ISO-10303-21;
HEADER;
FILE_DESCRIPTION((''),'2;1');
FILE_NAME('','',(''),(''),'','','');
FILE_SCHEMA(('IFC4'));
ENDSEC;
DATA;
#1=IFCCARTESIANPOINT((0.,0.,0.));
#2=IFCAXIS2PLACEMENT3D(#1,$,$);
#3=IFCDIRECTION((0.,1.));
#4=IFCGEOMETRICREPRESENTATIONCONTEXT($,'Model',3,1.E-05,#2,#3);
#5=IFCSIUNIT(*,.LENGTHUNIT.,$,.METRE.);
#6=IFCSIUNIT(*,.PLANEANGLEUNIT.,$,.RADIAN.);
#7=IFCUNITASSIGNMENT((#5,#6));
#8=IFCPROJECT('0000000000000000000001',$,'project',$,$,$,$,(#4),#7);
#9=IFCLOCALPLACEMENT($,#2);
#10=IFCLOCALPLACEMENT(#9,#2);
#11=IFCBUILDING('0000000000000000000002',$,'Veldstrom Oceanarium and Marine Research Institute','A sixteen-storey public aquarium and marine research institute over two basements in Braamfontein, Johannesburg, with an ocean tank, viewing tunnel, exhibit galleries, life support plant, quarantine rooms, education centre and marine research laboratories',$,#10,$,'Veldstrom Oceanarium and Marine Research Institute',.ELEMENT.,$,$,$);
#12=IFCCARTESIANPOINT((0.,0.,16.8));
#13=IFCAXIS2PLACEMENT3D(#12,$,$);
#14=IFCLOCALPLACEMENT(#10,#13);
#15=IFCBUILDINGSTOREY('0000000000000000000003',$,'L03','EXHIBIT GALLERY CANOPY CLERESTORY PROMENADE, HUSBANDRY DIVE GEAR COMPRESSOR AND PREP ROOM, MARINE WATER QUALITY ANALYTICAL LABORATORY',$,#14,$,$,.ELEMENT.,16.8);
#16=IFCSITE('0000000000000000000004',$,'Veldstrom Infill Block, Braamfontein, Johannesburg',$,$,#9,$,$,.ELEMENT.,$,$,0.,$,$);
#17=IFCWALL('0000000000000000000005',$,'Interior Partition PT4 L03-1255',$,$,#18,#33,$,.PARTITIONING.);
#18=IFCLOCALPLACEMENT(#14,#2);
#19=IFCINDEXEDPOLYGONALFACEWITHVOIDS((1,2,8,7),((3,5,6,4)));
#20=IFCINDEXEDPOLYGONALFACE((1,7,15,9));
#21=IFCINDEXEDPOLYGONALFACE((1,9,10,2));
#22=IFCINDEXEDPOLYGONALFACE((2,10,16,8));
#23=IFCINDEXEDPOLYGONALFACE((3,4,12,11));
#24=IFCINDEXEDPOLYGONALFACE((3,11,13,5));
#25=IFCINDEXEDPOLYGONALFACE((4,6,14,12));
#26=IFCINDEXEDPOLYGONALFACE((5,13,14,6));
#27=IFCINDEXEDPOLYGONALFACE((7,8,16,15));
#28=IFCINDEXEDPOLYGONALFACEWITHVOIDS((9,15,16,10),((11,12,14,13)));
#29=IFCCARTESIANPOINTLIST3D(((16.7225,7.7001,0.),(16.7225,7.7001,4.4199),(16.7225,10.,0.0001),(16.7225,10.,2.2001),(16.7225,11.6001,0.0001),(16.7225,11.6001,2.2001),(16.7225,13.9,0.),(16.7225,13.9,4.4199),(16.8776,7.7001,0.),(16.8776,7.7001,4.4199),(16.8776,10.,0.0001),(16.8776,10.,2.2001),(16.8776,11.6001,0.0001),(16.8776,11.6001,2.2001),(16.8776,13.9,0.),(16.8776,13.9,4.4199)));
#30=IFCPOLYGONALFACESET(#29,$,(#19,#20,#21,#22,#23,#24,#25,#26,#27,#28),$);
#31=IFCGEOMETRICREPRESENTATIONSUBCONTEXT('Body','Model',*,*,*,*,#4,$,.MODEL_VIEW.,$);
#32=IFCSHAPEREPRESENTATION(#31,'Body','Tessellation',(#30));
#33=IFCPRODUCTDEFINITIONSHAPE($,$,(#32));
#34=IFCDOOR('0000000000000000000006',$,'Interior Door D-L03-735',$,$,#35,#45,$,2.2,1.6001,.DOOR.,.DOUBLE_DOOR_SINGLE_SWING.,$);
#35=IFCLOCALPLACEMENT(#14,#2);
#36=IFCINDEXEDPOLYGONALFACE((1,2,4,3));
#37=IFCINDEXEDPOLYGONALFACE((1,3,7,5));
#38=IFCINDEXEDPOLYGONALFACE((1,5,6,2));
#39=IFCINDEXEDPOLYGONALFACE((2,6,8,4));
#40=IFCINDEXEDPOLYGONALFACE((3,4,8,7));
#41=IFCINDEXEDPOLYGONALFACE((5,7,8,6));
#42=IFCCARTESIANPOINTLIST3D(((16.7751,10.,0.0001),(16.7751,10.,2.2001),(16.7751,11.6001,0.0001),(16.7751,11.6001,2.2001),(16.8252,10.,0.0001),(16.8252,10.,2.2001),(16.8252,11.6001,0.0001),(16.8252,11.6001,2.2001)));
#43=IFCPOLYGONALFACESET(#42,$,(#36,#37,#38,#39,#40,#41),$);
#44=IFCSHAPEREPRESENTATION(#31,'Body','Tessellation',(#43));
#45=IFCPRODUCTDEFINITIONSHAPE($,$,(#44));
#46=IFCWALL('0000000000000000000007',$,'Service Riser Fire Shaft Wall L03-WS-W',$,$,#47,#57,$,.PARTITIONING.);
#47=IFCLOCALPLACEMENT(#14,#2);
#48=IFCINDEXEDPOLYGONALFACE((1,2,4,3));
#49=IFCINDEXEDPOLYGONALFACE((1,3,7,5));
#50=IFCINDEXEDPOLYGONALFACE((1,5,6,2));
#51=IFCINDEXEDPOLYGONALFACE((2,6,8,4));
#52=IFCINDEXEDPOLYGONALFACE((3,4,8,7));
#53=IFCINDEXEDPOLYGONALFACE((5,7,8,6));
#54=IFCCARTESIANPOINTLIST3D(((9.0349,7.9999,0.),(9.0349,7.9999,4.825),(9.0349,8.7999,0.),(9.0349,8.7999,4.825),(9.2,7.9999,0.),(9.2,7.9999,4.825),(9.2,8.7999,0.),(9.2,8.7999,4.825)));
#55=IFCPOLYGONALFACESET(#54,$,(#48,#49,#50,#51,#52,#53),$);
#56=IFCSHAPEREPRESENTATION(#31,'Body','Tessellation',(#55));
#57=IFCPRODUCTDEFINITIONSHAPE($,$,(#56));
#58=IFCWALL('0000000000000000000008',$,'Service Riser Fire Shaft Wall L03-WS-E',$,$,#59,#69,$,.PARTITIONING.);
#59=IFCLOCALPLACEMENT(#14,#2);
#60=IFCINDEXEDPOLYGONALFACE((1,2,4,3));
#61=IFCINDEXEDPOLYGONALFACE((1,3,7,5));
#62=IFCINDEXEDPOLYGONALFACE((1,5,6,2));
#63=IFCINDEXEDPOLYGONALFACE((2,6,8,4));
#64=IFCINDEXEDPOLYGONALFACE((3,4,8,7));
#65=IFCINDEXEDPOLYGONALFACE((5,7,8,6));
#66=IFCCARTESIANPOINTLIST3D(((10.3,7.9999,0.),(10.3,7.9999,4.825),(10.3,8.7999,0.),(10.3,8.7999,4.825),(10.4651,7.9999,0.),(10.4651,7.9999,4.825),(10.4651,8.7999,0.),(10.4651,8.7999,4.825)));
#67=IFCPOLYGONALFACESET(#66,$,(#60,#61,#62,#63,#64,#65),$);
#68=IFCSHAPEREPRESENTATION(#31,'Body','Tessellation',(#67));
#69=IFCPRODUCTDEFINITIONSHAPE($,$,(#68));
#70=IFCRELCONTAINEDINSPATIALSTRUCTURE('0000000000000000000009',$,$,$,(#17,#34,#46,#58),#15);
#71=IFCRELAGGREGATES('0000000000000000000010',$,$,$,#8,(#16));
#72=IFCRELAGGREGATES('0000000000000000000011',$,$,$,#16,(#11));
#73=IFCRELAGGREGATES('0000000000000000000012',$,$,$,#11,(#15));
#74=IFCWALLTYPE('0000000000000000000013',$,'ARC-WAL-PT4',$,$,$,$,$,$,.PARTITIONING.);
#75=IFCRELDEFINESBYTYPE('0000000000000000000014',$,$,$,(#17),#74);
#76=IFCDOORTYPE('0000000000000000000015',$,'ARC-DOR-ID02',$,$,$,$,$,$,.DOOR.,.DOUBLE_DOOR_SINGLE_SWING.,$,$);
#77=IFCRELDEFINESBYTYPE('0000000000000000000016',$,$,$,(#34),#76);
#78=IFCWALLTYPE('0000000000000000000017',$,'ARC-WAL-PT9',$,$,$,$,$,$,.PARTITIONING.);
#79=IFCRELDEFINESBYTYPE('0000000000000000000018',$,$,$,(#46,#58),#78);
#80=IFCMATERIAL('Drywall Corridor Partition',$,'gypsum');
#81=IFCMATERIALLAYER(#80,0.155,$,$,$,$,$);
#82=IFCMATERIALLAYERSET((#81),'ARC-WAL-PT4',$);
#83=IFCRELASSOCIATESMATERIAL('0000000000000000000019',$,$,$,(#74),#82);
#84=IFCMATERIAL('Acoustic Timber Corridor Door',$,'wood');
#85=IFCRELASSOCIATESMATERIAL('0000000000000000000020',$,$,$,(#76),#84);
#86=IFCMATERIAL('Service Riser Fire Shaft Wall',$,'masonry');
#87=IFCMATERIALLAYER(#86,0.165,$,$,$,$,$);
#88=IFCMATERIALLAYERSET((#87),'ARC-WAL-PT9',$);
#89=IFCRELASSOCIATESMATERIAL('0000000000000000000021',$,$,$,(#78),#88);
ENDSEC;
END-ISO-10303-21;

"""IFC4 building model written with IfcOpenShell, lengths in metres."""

from ifc_helpers import new_model, si_unit, direction, frame, frame_2d, origin, place, context, subcontext, project, spatial, rectangle, extrude, material, layer, layer_set, type_object, element, fill, save


model = new_model("IFC4")

# Units and contexts
model_context = context("Model", 3, precision=1e-05, world=origin(), true_north=direction((0.0, 1.0)))
body_context = subcontext(model_context, "Body", "Model", "MODEL_VIEW")
ifc_project = project(units=[si_unit("LENGTHUNIT", "METRE"), si_unit("PLANEANGLEUNIT", "RADIAN")], contexts=[model_context])

# Site, building, storey
site_placement = place(None, origin())
site = spatial("IfcSite", under=ifc_project, at=site_placement, Name="Veldstrom Infill Block, Braamfontein, Johannesburg", CompositionType="ELEMENT", RefElevation=0.0)
building_placement = place(site_placement, origin())
building = spatial("IfcBuilding", under=site, at=building_placement, Name="Veldstrom Oceanarium and Marine Research Institute", Description="A sixteen-storey public aquarium and marine research institute over two basements in Braamfontein, Johannesburg, with an ocean tank, viewing tunnel, exhibit galleries, life support plant, quarantine rooms, education centre and marine research laboratories", LongName="Veldstrom Oceanarium and Marine Research Institute", CompositionType="ELEMENT")
storey_placement = place(building_placement, frame((0.0, 0.0, 16.8)))
storey = spatial("IfcBuildingStorey", under=building, at=storey_placement, Name="L03", Description="EXHIBIT GALLERY CANOPY CLERESTORY PROMENADE, HUSBANDRY DIVE GEAR COMPRESSOR AND PREP ROOM, MARINE WATER QUALITY ANALYTICAL LABORATORY", CompositionType="ELEMENT", Elevation=16.8)

# Wall, opening, door
ifc_material_1 = material(Name="Drywall Corridor Partition", Category="gypsum")
ifc_layer_1 = layer(ifc_material_1, 0.155)
ifc_layer_set_1 = layer_set([ifc_layer_1], Name="ARC-WAL-PT4")
wall_type_1 = type_object("IfcWallType", Name="ARC-WAL-PT4", PredefinedType="PARTITIONING", material=ifc_layer_set_1)
wall_placement = place(storey_placement, frame((16.8, 7.7, 0.0), z_axis=(0.0, 0.0, 1.0), x_axis=(0.0, 1.0, 0.0)))
wall = element("IfcWall", 1, at=wall_placement, inside=storey, type_object=wall_type_1, Name="Interior Partition PT4 L03-1255", PredefinedType="PARTITIONING", context=body_context, shape_type="SweptSolid", body=[
    extrude(rectangle(XDim=6.2, YDim=0.155, at=frame_2d((3.1001, 0.0))), origin(), (0.0, 0.0, 1.0), 4.4199),
])
opening_placement = place(wall_placement, frame((2.3, 0.0, 0.0)))
opening = element("IfcOpeningElement", 2, at=opening_placement, cuts=wall, PredefinedType="OPENING", context=body_context, shape_type="SweptSolid", body=[
    extrude(rectangle(XDim=1.6001, YDim=2.2, at=frame_2d((0.8, 1.1001))), frame((0.0, 0.0874, 0.0), z_axis=(0.0, -1.0, 0.0), x_axis=(1.0, 0.0, 0.0)), (0.0, 0.0, 1.0), 0.175),
])
ifc_material_2 = material(Name="Acoustic Timber Corridor Door", Category="wood")
door_type = type_object("IfcDoorType", Name="ARC-DOR-ID02", OperationType="DOUBLE_DOOR_SINGLE_SWING", PredefinedType="DOOR", material=ifc_material_2)
door_placement = place(opening_placement, origin())
door = element("IfcDoor", 3, at=door_placement, inside=storey, type_object=door_type, Name="Interior Door D-L03-735", OperationType="DOUBLE_DOOR_SINGLE_SWING", OverallHeight=2.2, OverallWidth=1.6001, PredefinedType="DOOR", context=body_context, shape_type="SweptSolid", body=[
    extrude(rectangle(XDim=1.6001, YDim=2.2, at=frame_2d((0.8, 1.1001))), frame((0.0, 0.0249, 0.0), z_axis=(0.0, -1.0, 0.0), x_axis=(1.0, 0.0, 0.0)), (0.0, 0.0, 1.0), 0.05),
])
fill(opening, door)

# Walls
ifc_material_3 = material(Name="Service Riser Fire Shaft Wall", Category="masonry")
ifc_layer_2 = layer(ifc_material_3, 0.165)
ifc_layer_set_2 = layer_set([ifc_layer_2], Name="ARC-WAL-PT9")
wall_type_2 = type_object("IfcWallType", Name="ARC-WAL-PT9", PredefinedType="PARTITIONING", material=ifc_layer_set_2)
for number, where, z_axis, x_axis, name in (
    (4, (9.1174, 8.0, 0.0), (0.0, 0.0, 1.0), (0.0, 1.0, 0.0), "Service Riser Fire Shaft Wall L03-WS-W"),
    (5, (10.3826, 8.0, 0.0), (0.0, 0.0, 1.0), (0.0, 1.0, 0.0), "Service Riser Fire Shaft Wall L03-WS-E"),
):
    element("IfcWall", number, at=place(storey_placement, frame(where, z_axis=z_axis, x_axis=x_axis)), inside=storey, type_object=wall_type_2, Name=name, PredefinedType="PARTITIONING", context=body_context, shape_type="SweptSolid", body=[
        extrude(rectangle(XDim=0.8, YDim=0.165, at=frame_2d((0.3999, 0.0))), origin(), (0.0, 0.0, 1.0), 4.825),
    ])

save(model, "model.ifc")
